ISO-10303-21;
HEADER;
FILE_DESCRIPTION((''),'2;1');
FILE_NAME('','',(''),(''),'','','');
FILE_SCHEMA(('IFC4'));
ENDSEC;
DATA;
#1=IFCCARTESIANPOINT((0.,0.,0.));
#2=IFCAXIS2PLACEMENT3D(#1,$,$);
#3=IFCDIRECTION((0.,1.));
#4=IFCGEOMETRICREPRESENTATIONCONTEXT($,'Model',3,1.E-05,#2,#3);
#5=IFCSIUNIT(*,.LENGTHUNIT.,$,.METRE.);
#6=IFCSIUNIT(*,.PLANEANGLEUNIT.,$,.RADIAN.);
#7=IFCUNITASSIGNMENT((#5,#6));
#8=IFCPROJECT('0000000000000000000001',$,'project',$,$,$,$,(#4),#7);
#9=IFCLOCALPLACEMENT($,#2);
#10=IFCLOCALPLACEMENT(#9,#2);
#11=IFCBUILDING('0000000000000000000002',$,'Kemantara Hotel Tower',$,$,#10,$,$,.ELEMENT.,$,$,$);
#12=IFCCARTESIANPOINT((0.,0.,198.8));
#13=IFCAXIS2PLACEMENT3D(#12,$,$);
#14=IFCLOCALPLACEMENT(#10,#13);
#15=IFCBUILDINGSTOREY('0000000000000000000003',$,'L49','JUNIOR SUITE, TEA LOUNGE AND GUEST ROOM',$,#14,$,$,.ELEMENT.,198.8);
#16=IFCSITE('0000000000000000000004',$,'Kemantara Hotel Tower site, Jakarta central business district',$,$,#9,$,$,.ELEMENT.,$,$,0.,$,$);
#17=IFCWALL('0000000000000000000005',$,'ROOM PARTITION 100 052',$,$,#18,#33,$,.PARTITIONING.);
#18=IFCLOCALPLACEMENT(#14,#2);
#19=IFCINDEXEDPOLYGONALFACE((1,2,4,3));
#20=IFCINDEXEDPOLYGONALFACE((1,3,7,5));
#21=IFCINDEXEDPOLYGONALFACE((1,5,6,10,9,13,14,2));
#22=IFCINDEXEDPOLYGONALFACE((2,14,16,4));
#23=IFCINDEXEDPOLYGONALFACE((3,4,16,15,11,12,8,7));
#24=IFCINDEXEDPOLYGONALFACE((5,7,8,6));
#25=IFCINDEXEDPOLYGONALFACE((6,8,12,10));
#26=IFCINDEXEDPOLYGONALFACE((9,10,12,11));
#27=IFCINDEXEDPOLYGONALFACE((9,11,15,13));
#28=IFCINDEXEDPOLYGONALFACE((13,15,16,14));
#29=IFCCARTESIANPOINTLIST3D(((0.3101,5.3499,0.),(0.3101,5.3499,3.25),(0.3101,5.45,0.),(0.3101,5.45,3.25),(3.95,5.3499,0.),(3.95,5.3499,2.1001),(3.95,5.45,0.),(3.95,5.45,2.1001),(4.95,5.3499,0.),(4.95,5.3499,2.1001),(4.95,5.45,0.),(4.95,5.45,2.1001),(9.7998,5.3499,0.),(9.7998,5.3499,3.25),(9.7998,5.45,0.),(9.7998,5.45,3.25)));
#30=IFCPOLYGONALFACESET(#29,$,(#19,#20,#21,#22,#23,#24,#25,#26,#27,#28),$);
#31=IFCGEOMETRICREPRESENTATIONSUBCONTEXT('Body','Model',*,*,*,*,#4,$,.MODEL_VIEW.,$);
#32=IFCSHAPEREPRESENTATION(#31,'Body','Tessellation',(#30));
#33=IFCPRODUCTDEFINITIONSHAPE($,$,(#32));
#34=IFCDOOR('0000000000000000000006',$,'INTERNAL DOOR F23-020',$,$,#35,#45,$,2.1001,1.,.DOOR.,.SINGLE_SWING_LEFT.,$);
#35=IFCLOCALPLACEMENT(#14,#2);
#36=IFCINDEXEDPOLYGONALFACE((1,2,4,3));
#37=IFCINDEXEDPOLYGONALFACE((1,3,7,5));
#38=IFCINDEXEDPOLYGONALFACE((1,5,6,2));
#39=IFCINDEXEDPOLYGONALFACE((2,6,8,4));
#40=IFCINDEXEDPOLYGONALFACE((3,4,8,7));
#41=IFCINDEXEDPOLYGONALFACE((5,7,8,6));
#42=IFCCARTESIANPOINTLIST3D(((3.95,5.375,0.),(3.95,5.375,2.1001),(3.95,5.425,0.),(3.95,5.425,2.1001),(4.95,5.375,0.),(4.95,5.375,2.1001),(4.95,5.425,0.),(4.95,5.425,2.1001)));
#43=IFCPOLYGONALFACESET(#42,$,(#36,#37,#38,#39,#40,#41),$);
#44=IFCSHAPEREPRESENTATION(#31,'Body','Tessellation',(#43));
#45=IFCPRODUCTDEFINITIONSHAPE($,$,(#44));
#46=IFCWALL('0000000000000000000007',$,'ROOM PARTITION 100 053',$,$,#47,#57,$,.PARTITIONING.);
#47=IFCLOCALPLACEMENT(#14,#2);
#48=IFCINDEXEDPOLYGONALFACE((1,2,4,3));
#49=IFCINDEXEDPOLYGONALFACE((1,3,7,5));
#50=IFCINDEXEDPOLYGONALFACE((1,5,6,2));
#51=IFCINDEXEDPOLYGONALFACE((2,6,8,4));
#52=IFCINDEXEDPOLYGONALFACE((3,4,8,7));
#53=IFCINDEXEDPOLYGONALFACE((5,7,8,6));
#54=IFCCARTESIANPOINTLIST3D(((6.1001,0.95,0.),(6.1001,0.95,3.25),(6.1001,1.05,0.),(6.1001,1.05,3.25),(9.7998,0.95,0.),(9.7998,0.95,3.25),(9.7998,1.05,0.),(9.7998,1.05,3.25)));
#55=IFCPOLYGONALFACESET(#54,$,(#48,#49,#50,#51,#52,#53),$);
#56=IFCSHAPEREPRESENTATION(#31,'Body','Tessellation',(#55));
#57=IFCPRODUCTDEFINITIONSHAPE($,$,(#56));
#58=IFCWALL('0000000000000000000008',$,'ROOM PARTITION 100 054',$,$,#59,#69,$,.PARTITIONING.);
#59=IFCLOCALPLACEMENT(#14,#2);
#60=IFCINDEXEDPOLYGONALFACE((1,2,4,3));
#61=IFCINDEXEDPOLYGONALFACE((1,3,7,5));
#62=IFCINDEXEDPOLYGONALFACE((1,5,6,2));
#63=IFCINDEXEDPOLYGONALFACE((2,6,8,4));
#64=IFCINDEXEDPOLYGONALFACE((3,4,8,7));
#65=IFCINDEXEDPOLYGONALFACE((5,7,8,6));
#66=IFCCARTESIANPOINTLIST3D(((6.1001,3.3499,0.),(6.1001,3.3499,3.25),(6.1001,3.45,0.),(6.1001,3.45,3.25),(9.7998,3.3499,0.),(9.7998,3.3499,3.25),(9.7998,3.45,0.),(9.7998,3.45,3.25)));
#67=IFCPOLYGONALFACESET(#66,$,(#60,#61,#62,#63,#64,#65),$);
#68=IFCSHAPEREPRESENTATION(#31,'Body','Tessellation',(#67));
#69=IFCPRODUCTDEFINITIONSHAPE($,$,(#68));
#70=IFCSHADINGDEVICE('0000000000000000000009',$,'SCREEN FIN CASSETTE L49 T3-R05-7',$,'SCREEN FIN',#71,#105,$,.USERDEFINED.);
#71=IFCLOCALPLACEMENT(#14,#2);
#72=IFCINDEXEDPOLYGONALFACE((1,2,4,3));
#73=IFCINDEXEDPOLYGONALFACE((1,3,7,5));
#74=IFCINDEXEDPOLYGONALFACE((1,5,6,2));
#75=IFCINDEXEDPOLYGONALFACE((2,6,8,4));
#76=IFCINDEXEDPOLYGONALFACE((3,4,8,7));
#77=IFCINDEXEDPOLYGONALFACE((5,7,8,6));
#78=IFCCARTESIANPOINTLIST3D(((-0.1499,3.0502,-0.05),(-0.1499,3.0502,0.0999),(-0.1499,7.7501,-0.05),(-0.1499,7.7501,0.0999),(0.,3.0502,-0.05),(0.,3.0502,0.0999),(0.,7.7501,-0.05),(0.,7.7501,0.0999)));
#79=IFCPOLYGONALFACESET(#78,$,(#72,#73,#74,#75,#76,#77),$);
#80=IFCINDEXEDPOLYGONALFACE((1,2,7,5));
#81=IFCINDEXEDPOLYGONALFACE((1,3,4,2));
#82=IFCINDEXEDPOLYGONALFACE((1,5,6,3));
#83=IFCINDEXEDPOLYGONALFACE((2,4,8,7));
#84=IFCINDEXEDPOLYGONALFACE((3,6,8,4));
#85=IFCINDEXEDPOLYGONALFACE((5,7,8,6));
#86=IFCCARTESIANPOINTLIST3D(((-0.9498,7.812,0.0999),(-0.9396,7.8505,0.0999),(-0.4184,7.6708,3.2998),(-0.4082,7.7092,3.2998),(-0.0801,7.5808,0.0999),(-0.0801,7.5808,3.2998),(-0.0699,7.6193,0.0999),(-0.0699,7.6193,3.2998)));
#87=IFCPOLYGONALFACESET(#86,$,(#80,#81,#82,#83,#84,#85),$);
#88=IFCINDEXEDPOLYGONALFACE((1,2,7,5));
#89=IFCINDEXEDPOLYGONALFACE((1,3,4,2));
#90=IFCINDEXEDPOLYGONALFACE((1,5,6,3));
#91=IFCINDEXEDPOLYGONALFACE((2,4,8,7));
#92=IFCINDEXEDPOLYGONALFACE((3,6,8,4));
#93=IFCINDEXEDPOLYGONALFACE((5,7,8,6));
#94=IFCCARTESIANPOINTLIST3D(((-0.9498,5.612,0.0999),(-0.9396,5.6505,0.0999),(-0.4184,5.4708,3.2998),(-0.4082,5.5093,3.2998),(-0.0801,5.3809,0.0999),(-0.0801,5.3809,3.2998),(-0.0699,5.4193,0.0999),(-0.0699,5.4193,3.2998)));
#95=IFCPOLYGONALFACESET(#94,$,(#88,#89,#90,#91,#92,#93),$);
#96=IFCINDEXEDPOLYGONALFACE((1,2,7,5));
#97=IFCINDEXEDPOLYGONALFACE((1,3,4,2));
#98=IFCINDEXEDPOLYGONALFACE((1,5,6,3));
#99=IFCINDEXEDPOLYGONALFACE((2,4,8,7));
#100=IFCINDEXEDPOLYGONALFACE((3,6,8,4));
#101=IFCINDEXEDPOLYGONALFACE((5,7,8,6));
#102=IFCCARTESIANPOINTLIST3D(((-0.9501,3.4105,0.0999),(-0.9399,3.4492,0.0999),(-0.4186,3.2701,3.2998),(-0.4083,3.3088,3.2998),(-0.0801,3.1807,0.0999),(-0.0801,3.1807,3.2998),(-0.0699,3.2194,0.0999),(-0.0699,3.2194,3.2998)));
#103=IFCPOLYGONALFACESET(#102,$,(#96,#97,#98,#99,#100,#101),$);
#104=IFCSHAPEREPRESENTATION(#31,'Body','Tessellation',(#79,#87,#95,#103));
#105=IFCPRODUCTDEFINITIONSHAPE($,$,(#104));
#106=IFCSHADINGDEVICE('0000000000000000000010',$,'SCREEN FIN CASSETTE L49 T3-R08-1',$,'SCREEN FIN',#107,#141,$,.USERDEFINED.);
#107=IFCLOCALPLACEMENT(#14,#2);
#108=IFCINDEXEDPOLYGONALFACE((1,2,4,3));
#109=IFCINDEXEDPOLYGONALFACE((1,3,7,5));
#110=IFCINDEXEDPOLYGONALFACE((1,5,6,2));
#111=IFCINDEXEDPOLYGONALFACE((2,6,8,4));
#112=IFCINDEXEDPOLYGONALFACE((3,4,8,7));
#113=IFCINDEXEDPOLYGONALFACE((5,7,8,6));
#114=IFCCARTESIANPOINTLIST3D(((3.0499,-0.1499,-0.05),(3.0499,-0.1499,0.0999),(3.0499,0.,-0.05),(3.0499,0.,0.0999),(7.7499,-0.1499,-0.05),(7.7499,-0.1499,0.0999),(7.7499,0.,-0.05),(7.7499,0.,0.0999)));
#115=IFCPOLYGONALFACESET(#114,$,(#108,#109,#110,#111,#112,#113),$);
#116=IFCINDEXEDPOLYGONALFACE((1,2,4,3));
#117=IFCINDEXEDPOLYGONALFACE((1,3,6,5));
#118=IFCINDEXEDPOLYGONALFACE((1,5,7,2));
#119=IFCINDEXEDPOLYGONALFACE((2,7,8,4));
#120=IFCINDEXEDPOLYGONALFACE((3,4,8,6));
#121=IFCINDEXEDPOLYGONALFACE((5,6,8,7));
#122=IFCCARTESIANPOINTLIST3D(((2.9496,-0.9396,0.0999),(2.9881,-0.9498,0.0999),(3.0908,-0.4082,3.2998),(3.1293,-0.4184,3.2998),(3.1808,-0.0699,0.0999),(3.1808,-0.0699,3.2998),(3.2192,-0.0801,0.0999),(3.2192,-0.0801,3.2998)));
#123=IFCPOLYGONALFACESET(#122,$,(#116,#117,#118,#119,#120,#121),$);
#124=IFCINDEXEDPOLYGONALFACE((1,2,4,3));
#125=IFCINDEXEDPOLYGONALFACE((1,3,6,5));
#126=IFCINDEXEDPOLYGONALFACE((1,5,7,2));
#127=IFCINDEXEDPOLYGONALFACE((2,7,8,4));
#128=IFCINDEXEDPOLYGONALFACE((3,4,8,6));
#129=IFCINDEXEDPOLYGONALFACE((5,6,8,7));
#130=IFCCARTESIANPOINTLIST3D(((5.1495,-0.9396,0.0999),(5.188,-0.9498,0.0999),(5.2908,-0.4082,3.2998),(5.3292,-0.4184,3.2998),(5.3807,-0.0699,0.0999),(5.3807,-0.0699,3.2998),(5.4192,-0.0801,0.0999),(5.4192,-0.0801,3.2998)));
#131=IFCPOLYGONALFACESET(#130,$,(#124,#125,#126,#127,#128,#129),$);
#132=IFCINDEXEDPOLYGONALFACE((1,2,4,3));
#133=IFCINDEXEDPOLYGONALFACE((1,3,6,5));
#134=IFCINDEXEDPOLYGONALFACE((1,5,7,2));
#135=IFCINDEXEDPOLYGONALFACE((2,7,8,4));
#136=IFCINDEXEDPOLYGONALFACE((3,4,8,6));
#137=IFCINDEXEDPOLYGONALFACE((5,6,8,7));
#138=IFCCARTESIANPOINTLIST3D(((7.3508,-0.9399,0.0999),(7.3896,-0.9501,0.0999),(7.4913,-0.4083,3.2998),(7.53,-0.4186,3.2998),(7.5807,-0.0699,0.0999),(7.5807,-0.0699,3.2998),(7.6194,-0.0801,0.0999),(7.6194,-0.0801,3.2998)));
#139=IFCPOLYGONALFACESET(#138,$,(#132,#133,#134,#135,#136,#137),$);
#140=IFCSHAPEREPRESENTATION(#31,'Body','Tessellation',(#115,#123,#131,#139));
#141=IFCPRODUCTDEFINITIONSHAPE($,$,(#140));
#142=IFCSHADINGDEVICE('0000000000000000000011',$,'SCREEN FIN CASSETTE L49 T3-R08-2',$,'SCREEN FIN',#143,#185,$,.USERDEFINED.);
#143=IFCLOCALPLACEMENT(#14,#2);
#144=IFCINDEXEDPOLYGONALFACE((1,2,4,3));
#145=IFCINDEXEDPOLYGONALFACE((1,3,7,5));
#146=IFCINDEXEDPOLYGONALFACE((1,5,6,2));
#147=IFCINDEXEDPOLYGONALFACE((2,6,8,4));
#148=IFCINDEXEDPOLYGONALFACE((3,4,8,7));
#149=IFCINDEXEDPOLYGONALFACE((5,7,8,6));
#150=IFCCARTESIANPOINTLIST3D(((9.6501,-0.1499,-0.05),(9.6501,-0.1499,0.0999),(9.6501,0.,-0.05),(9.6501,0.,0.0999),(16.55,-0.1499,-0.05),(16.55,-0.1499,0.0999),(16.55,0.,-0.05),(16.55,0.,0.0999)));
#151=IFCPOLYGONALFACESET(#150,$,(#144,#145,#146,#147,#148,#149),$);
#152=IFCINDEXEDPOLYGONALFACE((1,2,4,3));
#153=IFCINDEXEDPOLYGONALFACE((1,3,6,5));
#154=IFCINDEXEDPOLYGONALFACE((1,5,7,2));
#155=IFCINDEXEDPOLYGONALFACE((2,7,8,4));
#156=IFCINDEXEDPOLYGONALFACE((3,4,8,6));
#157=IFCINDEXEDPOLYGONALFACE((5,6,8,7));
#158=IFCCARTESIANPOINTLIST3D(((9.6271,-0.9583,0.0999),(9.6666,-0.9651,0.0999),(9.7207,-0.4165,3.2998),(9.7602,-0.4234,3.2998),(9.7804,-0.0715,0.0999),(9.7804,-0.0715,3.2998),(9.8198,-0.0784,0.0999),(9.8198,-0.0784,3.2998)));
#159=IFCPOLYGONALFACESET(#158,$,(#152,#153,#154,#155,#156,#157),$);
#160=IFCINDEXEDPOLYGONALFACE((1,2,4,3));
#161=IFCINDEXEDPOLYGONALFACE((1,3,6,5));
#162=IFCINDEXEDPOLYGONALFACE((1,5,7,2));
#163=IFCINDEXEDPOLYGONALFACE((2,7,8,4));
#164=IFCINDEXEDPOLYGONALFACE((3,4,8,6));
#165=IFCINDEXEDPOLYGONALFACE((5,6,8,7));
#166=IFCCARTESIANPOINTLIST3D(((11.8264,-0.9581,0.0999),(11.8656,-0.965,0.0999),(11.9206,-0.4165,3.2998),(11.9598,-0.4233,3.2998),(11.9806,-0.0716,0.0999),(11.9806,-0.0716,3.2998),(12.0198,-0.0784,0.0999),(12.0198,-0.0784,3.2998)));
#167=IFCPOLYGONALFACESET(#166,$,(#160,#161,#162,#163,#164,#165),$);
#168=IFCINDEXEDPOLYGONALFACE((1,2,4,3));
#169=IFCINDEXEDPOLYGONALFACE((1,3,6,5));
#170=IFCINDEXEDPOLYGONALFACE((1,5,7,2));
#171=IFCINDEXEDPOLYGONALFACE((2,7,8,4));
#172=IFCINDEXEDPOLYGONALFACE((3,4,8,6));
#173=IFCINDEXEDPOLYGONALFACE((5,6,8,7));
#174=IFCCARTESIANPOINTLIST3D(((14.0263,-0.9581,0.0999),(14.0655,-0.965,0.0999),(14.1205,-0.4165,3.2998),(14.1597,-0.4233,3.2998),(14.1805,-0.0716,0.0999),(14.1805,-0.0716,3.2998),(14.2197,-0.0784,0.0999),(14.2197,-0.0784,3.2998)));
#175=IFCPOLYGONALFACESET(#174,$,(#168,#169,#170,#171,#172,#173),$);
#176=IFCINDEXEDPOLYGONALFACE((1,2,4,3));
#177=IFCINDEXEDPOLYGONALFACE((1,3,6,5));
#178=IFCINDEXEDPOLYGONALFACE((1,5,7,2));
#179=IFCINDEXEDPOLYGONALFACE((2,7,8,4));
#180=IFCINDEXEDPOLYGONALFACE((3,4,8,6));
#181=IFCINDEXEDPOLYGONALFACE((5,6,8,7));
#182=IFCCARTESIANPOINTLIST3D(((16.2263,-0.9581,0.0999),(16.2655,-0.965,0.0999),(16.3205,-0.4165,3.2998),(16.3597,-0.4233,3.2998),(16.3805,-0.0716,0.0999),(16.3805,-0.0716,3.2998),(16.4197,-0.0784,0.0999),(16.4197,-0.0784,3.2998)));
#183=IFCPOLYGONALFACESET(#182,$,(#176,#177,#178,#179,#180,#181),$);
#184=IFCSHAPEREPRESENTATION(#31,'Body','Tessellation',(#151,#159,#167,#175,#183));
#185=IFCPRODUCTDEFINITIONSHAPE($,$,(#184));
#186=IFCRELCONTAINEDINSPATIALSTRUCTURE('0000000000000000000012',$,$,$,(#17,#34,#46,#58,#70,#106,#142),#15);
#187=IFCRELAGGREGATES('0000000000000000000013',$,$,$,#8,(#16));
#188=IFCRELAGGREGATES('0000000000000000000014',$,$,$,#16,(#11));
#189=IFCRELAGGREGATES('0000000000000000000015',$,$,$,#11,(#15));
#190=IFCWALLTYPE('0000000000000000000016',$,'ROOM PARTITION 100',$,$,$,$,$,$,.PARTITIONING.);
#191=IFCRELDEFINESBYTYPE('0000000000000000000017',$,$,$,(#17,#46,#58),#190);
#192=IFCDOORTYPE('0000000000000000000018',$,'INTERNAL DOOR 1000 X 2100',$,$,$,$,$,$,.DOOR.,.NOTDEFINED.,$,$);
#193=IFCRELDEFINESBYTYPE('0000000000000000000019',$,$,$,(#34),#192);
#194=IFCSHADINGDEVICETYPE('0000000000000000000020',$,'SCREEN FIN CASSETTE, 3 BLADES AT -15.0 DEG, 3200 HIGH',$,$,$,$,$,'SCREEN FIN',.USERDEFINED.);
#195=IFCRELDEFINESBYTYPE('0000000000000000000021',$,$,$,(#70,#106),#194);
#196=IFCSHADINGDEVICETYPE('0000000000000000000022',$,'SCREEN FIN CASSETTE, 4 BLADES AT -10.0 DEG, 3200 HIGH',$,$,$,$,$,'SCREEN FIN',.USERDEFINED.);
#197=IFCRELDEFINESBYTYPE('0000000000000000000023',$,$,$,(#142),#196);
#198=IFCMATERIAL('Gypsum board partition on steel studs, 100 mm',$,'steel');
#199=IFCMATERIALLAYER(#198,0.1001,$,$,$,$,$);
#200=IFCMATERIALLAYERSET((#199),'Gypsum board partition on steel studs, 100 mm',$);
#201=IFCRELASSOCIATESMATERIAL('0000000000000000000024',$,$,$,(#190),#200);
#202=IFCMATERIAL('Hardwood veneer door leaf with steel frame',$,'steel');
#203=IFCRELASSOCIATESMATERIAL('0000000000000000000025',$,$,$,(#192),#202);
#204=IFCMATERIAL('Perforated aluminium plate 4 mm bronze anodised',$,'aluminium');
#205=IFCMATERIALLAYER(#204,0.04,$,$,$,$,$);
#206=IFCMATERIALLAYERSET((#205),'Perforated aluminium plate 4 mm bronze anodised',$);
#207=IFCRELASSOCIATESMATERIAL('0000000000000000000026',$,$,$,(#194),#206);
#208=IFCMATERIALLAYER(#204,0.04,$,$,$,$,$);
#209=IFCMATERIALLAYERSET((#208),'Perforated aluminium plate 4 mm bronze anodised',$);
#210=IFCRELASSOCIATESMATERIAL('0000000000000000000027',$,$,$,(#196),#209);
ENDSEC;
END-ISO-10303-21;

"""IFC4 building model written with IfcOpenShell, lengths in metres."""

from ifc_helpers import new_model, si_unit, direction, frame, frame_2d, origin, origin_2d, place, context, subcontext, project, spatial, polyline, rectangle, outline, extrude, source, transform, mapped, material, layer, layer_set, type_object, element, fill, save


model = new_model("IFC4")

# Units and contexts
model_context = context("Model", 3, precision=1e-05, world=origin(), true_north=direction((0.0, 1.0)))
body_context = subcontext(model_context, "Body", "Model", "MODEL_VIEW")
ifc_project = project(units=[si_unit("LENGTHUNIT", "METRE"), si_unit("PLANEANGLEUNIT", "RADIAN")], contexts=[model_context])

# Site, building, storey
site_placement = place(None, origin())
site = spatial("IfcSite", under=ifc_project, at=site_placement, Name="Kemantara Hotel Tower site, Jakarta central business district", CompositionType="ELEMENT", RefElevation=0.0)
building_placement = place(site_placement, origin())
building = spatial("IfcBuilding", under=site, at=building_placement, Name="Kemantara Hotel Tower", CompositionType="ELEMENT")
storey_placement = place(building_placement, frame((0.0, 0.0, 198.8)))
storey = spatial("IfcBuildingStorey", under=building, at=storey_placement, Name="L49", Description="JUNIOR SUITE, TEA LOUNGE AND GUEST ROOM", CompositionType="ELEMENT", Elevation=198.8)

# Shared definitions
ifc_material_1 = material(Name="Hardwood veneer door leaf with steel frame", Category="steel")
ifc_material_2 = material(Name="Gypsum board partition on steel studs, 100 mm", Category="steel")
ifc_layer_1 = layer(ifc_material_2, 0.1001)
ifc_layer_set_1 = layer_set([ifc_layer_1], Name="Gypsum board partition on steel studs, 100 mm")
wall_type_1 = type_object("IfcWallType", Name="ROOM PARTITION 100", PredefinedType="PARTITIONING", material=ifc_layer_set_1)

# Wall, opening, door
wall_1_placement = place(storey_placement, frame((9.7998, 5.3999, 0.0), z_axis=(0.0, 0.0, 1.0), x_axis=(-1.0, 0.0, 0.0)))
wall_1 = element("IfcWall", 1, at=wall_1_placement, inside=storey, type_object=wall_type_1, Name="ROOM PARTITION 100 052", PredefinedType="PARTITIONING", context=body_context, shape_type="SweptSolid", body=[
    extrude(rectangle(XDim=9.4897, YDim=0.1001, at=frame_2d((4.7449, 0.0))), origin(), (0.0, 0.0, 1.0), 3.25),
])
opening_1_placement = place(wall_1_placement, frame((4.8499, 0.0, 0.0)))
opening_1 = element("IfcOpeningElement", 2, at=opening_1_placement, cuts=wall_1, PredefinedType="OPENING", context=body_context, shape_type="SweptSolid", body=[
    extrude(rectangle(XDim=1.0, YDim=2.1001, at=frame_2d((0.5, 1.05))), frame((0.0, 0.0601, 0.0), z_axis=(0.0, -1.0, 0.0), x_axis=(1.0, 0.0, 0.0)), (0.0, 0.0, 1.0), 0.1201),
])
door_type_1 = type_object("IfcDoorType", Name="INTERNAL DOOR 1000 X 2100", OperationType="NOTDEFINED", PredefinedType="DOOR", material=ifc_material_1)
door_1_placement = place(opening_1_placement, origin())
door_1 = element("IfcDoor", 3, at=door_1_placement, inside=storey, type_object=door_type_1, Name="INTERNAL DOOR F23-020", OperationType="SINGLE_SWING_LEFT", OverallHeight=2.1001, OverallWidth=1.0, PredefinedType="DOOR", context=body_context, shape_type="SweptSolid", body=[
    extrude(rectangle(XDim=1.0, YDim=2.1001, at=frame_2d((0.5, 1.05))), frame((0.0, 0.0249, 0.0), z_axis=(0.0, -1.0, 0.0), x_axis=(1.0, 0.0, 0.0)), (0.0, 0.0, 1.0), 0.05),
])
fill(opening_1, door_1)

# Walls
for number, where, z_axis, x_axis, name in (
    (4, (6.1001, 1.0, 0.0), (0.0, 0.0, 1.0), (1.0, 0.0, 0.0), "ROOM PARTITION 100 053"),
    (5, (6.1001, 3.3999, 0.0), (0.0, 0.0, 1.0), (1.0, 0.0, 0.0), "ROOM PARTITION 100 054"),
):
    element("IfcWall", number, at=place(storey_placement, frame(where, z_axis=z_axis, x_axis=x_axis)), inside=storey, type_object=wall_type_1, Name=name, PredefinedType="PARTITIONING", context=body_context, shape_type="SweptSolid", body=[
        extrude(rectangle(XDim=3.6997, YDim=0.1001, at=frame_2d((1.8499, 0.0))), origin(), (0.0, 0.0, 1.0), 3.25),
    ])

# Shading devices
ifc_material_3 = material(Name="Perforated aluminium plate 4 mm bronze anodised", Category="aluminium")
ifc_layer_2 = layer(ifc_material_3, 0.04)
ifc_layer_set_2 = layer_set([ifc_layer_2], Name="Perforated aluminium plate 4 mm bronze anodised")
shading_device_type_1 = type_object("IfcShadingDeviceType", Name="SCREEN FIN CASSETTE, 3 BLADES AT -15.0 DEG, 3200 HIGH", ElementType="SCREEN FIN", PredefinedType="USERDEFINED", material=ifc_layer_set_2)
shared_shape_1 = source(origin(), body_context, "Body", "SweptSolid", [
    extrude(rectangle(XDim=4.7, YDim=0.1499, at=origin_2d()), frame((2.2, -0.075, -0.1499), z_axis=(0.0, 0.0, 1.0), x_axis=(1.0, 0.0, 0.0)), (0.0, 0.0, 1.0), 0.1499),
    extrude(outline(polyline([(0.0, 0.0), (0.8999, 0.0), (0.3501, 3.2), (0.0, 3.2), (0.0, 0.0)])), frame((0.0193, -0.0801, 0.0), z_axis=(-0.966438, 0.256901, 0.0), x_axis=(-0.256901, -0.966438, 0.0)), (0.0, 0.0, 1.0), 0.0398),
    extrude(outline(polyline([(0.0, 0.0), (0.8999, 0.0), (0.3501, 3.2), (0.0, 3.2), (0.0, 0.0)])), frame((2.2192, -0.0801, 0.0), z_axis=(-0.966438, 0.256901, 0.0), x_axis=(-0.256901, -0.966438, 0.0)), (0.0, 0.0, 1.0), 0.0398),
    extrude(outline(polyline([(0.0, 0.0), (0.8999, 0.0), (0.3501, 3.2), (0.0, 3.2), (0.0, 0.0)])), frame((4.4194, -0.0801, 0.0), z_axis=(-0.966838, 0.255391, 0.0), x_axis=(-0.255391, -0.966838, 0.0)), (0.0, 0.0, 1.0), 0.04),
])
for number, where, z_axis, x_axis, name in (
    (6, (0.0, 7.6001, 0.0999), (0.0, 0.0, 1.0), (0.0, -1.0, 0.0), "SCREEN FIN CASSETTE L49 T3-R05-7"),
    (7, (3.2, 0.0, 0.0999), (0.0, 0.0, 1.0), (1.0, 0.0, 0.0), "SCREEN FIN CASSETTE L49 T3-R08-1"),
):
    element("IfcShadingDevice", number, at=place(storey_placement, frame(where, z_axis=z_axis, x_axis=x_axis)), inside=storey, type_object=shading_device_type_1, Name=name, ObjectType="SCREEN FIN", PredefinedType="USERDEFINED", context=body_context, shape_type="MappedRepresentation", body=[
        mapped(shared_shape_1, transform((0.0, 0.0, 0.0))),
    ])
ifc_layer_3 = layer(ifc_material_3, 0.04)
ifc_layer_set_3 = layer_set([ifc_layer_3], Name="Perforated aluminium plate 4 mm bronze anodised")
shading_device_type_2 = type_object("IfcShadingDeviceType", Name="SCREEN FIN CASSETTE, 4 BLADES AT -10.0 DEG, 3200 HIGH", ElementType="SCREEN FIN", PredefinedType="USERDEFINED", material=ifc_layer_set_3)
shared_shape_2 = source(origin(), body_context, "Body", "SweptSolid", [
    extrude(rectangle(XDim=6.8999, YDim=0.1499, at=origin_2d()), frame((3.3, -0.075, -0.1499), z_axis=(0.0, 0.0, 1.0), x_axis=(1.0, 0.0, 0.0)), (0.0, 0.0, 1.0), 0.1499),
    extrude(outline(polyline([(0.0, 0.0), (0.8999, 0.0), (0.3501, 3.2), (0.0, 3.2), (0.0, 0.0)])), frame((0.0198, -0.0784, 0.0), z_axis=(-0.98539, 0.170314, 0.0), x_axis=(-0.170314, -0.98539, 0.0)), (0.0, 0.0, 1.0), 0.04),
    extrude(outline(polyline([(0.0, 0.0), (0.8999, 0.0), (0.3501, 3.2), (0.0, 3.2), (0.0, 0.0)])), frame((2.2197, -0.0784, 0.0), z_axis=(-0.985212, 0.171341, 0.0), x_axis=(-0.171341, -0.985212, 0.0)), (0.0, 0.0, 1.0), 0.0398),
    extrude(outline(polyline([(0.0, 0.0), (0.8999, 0.0), (0.3501, 3.2), (0.0, 3.2), (0.0, 0.0)])), frame((4.4197, -0.0784, 0.0), z_axis=(-0.985212, 0.171341, 0.0), x_axis=(-0.171341, -0.985212, 0.0)), (0.0, 0.0, 1.0), 0.0398),
    extrude(outline(polyline([(0.0, 0.0), (0.8999, 0.0), (0.3501, 3.2), (0.0, 3.2), (0.0, 0.0)])), frame((6.6196, -0.0784, 0.0), z_axis=(-0.985212, 0.171341, 0.0), x_axis=(-0.171341, -0.985212, 0.0)), (0.0, 0.0, 1.0), 0.0398),
])
shading_device_placement = place(storey_placement, frame((9.8, 0.0, 0.0999), z_axis=(0.0, 0.0, 1.0), x_axis=(1.0, 0.0, 0.0)))
element("IfcShadingDevice", 8, at=shading_device_placement, inside=storey, type_object=shading_device_type_2, Name="SCREEN FIN CASSETTE L49 T3-R08-2", ObjectType="SCREEN FIN", PredefinedType="USERDEFINED", context=body_context, shape_type="MappedRepresentation", body=[
    mapped(shared_shape_2, transform((0.0, 0.0, 0.0))),
])

save(model, "model.ifc")
